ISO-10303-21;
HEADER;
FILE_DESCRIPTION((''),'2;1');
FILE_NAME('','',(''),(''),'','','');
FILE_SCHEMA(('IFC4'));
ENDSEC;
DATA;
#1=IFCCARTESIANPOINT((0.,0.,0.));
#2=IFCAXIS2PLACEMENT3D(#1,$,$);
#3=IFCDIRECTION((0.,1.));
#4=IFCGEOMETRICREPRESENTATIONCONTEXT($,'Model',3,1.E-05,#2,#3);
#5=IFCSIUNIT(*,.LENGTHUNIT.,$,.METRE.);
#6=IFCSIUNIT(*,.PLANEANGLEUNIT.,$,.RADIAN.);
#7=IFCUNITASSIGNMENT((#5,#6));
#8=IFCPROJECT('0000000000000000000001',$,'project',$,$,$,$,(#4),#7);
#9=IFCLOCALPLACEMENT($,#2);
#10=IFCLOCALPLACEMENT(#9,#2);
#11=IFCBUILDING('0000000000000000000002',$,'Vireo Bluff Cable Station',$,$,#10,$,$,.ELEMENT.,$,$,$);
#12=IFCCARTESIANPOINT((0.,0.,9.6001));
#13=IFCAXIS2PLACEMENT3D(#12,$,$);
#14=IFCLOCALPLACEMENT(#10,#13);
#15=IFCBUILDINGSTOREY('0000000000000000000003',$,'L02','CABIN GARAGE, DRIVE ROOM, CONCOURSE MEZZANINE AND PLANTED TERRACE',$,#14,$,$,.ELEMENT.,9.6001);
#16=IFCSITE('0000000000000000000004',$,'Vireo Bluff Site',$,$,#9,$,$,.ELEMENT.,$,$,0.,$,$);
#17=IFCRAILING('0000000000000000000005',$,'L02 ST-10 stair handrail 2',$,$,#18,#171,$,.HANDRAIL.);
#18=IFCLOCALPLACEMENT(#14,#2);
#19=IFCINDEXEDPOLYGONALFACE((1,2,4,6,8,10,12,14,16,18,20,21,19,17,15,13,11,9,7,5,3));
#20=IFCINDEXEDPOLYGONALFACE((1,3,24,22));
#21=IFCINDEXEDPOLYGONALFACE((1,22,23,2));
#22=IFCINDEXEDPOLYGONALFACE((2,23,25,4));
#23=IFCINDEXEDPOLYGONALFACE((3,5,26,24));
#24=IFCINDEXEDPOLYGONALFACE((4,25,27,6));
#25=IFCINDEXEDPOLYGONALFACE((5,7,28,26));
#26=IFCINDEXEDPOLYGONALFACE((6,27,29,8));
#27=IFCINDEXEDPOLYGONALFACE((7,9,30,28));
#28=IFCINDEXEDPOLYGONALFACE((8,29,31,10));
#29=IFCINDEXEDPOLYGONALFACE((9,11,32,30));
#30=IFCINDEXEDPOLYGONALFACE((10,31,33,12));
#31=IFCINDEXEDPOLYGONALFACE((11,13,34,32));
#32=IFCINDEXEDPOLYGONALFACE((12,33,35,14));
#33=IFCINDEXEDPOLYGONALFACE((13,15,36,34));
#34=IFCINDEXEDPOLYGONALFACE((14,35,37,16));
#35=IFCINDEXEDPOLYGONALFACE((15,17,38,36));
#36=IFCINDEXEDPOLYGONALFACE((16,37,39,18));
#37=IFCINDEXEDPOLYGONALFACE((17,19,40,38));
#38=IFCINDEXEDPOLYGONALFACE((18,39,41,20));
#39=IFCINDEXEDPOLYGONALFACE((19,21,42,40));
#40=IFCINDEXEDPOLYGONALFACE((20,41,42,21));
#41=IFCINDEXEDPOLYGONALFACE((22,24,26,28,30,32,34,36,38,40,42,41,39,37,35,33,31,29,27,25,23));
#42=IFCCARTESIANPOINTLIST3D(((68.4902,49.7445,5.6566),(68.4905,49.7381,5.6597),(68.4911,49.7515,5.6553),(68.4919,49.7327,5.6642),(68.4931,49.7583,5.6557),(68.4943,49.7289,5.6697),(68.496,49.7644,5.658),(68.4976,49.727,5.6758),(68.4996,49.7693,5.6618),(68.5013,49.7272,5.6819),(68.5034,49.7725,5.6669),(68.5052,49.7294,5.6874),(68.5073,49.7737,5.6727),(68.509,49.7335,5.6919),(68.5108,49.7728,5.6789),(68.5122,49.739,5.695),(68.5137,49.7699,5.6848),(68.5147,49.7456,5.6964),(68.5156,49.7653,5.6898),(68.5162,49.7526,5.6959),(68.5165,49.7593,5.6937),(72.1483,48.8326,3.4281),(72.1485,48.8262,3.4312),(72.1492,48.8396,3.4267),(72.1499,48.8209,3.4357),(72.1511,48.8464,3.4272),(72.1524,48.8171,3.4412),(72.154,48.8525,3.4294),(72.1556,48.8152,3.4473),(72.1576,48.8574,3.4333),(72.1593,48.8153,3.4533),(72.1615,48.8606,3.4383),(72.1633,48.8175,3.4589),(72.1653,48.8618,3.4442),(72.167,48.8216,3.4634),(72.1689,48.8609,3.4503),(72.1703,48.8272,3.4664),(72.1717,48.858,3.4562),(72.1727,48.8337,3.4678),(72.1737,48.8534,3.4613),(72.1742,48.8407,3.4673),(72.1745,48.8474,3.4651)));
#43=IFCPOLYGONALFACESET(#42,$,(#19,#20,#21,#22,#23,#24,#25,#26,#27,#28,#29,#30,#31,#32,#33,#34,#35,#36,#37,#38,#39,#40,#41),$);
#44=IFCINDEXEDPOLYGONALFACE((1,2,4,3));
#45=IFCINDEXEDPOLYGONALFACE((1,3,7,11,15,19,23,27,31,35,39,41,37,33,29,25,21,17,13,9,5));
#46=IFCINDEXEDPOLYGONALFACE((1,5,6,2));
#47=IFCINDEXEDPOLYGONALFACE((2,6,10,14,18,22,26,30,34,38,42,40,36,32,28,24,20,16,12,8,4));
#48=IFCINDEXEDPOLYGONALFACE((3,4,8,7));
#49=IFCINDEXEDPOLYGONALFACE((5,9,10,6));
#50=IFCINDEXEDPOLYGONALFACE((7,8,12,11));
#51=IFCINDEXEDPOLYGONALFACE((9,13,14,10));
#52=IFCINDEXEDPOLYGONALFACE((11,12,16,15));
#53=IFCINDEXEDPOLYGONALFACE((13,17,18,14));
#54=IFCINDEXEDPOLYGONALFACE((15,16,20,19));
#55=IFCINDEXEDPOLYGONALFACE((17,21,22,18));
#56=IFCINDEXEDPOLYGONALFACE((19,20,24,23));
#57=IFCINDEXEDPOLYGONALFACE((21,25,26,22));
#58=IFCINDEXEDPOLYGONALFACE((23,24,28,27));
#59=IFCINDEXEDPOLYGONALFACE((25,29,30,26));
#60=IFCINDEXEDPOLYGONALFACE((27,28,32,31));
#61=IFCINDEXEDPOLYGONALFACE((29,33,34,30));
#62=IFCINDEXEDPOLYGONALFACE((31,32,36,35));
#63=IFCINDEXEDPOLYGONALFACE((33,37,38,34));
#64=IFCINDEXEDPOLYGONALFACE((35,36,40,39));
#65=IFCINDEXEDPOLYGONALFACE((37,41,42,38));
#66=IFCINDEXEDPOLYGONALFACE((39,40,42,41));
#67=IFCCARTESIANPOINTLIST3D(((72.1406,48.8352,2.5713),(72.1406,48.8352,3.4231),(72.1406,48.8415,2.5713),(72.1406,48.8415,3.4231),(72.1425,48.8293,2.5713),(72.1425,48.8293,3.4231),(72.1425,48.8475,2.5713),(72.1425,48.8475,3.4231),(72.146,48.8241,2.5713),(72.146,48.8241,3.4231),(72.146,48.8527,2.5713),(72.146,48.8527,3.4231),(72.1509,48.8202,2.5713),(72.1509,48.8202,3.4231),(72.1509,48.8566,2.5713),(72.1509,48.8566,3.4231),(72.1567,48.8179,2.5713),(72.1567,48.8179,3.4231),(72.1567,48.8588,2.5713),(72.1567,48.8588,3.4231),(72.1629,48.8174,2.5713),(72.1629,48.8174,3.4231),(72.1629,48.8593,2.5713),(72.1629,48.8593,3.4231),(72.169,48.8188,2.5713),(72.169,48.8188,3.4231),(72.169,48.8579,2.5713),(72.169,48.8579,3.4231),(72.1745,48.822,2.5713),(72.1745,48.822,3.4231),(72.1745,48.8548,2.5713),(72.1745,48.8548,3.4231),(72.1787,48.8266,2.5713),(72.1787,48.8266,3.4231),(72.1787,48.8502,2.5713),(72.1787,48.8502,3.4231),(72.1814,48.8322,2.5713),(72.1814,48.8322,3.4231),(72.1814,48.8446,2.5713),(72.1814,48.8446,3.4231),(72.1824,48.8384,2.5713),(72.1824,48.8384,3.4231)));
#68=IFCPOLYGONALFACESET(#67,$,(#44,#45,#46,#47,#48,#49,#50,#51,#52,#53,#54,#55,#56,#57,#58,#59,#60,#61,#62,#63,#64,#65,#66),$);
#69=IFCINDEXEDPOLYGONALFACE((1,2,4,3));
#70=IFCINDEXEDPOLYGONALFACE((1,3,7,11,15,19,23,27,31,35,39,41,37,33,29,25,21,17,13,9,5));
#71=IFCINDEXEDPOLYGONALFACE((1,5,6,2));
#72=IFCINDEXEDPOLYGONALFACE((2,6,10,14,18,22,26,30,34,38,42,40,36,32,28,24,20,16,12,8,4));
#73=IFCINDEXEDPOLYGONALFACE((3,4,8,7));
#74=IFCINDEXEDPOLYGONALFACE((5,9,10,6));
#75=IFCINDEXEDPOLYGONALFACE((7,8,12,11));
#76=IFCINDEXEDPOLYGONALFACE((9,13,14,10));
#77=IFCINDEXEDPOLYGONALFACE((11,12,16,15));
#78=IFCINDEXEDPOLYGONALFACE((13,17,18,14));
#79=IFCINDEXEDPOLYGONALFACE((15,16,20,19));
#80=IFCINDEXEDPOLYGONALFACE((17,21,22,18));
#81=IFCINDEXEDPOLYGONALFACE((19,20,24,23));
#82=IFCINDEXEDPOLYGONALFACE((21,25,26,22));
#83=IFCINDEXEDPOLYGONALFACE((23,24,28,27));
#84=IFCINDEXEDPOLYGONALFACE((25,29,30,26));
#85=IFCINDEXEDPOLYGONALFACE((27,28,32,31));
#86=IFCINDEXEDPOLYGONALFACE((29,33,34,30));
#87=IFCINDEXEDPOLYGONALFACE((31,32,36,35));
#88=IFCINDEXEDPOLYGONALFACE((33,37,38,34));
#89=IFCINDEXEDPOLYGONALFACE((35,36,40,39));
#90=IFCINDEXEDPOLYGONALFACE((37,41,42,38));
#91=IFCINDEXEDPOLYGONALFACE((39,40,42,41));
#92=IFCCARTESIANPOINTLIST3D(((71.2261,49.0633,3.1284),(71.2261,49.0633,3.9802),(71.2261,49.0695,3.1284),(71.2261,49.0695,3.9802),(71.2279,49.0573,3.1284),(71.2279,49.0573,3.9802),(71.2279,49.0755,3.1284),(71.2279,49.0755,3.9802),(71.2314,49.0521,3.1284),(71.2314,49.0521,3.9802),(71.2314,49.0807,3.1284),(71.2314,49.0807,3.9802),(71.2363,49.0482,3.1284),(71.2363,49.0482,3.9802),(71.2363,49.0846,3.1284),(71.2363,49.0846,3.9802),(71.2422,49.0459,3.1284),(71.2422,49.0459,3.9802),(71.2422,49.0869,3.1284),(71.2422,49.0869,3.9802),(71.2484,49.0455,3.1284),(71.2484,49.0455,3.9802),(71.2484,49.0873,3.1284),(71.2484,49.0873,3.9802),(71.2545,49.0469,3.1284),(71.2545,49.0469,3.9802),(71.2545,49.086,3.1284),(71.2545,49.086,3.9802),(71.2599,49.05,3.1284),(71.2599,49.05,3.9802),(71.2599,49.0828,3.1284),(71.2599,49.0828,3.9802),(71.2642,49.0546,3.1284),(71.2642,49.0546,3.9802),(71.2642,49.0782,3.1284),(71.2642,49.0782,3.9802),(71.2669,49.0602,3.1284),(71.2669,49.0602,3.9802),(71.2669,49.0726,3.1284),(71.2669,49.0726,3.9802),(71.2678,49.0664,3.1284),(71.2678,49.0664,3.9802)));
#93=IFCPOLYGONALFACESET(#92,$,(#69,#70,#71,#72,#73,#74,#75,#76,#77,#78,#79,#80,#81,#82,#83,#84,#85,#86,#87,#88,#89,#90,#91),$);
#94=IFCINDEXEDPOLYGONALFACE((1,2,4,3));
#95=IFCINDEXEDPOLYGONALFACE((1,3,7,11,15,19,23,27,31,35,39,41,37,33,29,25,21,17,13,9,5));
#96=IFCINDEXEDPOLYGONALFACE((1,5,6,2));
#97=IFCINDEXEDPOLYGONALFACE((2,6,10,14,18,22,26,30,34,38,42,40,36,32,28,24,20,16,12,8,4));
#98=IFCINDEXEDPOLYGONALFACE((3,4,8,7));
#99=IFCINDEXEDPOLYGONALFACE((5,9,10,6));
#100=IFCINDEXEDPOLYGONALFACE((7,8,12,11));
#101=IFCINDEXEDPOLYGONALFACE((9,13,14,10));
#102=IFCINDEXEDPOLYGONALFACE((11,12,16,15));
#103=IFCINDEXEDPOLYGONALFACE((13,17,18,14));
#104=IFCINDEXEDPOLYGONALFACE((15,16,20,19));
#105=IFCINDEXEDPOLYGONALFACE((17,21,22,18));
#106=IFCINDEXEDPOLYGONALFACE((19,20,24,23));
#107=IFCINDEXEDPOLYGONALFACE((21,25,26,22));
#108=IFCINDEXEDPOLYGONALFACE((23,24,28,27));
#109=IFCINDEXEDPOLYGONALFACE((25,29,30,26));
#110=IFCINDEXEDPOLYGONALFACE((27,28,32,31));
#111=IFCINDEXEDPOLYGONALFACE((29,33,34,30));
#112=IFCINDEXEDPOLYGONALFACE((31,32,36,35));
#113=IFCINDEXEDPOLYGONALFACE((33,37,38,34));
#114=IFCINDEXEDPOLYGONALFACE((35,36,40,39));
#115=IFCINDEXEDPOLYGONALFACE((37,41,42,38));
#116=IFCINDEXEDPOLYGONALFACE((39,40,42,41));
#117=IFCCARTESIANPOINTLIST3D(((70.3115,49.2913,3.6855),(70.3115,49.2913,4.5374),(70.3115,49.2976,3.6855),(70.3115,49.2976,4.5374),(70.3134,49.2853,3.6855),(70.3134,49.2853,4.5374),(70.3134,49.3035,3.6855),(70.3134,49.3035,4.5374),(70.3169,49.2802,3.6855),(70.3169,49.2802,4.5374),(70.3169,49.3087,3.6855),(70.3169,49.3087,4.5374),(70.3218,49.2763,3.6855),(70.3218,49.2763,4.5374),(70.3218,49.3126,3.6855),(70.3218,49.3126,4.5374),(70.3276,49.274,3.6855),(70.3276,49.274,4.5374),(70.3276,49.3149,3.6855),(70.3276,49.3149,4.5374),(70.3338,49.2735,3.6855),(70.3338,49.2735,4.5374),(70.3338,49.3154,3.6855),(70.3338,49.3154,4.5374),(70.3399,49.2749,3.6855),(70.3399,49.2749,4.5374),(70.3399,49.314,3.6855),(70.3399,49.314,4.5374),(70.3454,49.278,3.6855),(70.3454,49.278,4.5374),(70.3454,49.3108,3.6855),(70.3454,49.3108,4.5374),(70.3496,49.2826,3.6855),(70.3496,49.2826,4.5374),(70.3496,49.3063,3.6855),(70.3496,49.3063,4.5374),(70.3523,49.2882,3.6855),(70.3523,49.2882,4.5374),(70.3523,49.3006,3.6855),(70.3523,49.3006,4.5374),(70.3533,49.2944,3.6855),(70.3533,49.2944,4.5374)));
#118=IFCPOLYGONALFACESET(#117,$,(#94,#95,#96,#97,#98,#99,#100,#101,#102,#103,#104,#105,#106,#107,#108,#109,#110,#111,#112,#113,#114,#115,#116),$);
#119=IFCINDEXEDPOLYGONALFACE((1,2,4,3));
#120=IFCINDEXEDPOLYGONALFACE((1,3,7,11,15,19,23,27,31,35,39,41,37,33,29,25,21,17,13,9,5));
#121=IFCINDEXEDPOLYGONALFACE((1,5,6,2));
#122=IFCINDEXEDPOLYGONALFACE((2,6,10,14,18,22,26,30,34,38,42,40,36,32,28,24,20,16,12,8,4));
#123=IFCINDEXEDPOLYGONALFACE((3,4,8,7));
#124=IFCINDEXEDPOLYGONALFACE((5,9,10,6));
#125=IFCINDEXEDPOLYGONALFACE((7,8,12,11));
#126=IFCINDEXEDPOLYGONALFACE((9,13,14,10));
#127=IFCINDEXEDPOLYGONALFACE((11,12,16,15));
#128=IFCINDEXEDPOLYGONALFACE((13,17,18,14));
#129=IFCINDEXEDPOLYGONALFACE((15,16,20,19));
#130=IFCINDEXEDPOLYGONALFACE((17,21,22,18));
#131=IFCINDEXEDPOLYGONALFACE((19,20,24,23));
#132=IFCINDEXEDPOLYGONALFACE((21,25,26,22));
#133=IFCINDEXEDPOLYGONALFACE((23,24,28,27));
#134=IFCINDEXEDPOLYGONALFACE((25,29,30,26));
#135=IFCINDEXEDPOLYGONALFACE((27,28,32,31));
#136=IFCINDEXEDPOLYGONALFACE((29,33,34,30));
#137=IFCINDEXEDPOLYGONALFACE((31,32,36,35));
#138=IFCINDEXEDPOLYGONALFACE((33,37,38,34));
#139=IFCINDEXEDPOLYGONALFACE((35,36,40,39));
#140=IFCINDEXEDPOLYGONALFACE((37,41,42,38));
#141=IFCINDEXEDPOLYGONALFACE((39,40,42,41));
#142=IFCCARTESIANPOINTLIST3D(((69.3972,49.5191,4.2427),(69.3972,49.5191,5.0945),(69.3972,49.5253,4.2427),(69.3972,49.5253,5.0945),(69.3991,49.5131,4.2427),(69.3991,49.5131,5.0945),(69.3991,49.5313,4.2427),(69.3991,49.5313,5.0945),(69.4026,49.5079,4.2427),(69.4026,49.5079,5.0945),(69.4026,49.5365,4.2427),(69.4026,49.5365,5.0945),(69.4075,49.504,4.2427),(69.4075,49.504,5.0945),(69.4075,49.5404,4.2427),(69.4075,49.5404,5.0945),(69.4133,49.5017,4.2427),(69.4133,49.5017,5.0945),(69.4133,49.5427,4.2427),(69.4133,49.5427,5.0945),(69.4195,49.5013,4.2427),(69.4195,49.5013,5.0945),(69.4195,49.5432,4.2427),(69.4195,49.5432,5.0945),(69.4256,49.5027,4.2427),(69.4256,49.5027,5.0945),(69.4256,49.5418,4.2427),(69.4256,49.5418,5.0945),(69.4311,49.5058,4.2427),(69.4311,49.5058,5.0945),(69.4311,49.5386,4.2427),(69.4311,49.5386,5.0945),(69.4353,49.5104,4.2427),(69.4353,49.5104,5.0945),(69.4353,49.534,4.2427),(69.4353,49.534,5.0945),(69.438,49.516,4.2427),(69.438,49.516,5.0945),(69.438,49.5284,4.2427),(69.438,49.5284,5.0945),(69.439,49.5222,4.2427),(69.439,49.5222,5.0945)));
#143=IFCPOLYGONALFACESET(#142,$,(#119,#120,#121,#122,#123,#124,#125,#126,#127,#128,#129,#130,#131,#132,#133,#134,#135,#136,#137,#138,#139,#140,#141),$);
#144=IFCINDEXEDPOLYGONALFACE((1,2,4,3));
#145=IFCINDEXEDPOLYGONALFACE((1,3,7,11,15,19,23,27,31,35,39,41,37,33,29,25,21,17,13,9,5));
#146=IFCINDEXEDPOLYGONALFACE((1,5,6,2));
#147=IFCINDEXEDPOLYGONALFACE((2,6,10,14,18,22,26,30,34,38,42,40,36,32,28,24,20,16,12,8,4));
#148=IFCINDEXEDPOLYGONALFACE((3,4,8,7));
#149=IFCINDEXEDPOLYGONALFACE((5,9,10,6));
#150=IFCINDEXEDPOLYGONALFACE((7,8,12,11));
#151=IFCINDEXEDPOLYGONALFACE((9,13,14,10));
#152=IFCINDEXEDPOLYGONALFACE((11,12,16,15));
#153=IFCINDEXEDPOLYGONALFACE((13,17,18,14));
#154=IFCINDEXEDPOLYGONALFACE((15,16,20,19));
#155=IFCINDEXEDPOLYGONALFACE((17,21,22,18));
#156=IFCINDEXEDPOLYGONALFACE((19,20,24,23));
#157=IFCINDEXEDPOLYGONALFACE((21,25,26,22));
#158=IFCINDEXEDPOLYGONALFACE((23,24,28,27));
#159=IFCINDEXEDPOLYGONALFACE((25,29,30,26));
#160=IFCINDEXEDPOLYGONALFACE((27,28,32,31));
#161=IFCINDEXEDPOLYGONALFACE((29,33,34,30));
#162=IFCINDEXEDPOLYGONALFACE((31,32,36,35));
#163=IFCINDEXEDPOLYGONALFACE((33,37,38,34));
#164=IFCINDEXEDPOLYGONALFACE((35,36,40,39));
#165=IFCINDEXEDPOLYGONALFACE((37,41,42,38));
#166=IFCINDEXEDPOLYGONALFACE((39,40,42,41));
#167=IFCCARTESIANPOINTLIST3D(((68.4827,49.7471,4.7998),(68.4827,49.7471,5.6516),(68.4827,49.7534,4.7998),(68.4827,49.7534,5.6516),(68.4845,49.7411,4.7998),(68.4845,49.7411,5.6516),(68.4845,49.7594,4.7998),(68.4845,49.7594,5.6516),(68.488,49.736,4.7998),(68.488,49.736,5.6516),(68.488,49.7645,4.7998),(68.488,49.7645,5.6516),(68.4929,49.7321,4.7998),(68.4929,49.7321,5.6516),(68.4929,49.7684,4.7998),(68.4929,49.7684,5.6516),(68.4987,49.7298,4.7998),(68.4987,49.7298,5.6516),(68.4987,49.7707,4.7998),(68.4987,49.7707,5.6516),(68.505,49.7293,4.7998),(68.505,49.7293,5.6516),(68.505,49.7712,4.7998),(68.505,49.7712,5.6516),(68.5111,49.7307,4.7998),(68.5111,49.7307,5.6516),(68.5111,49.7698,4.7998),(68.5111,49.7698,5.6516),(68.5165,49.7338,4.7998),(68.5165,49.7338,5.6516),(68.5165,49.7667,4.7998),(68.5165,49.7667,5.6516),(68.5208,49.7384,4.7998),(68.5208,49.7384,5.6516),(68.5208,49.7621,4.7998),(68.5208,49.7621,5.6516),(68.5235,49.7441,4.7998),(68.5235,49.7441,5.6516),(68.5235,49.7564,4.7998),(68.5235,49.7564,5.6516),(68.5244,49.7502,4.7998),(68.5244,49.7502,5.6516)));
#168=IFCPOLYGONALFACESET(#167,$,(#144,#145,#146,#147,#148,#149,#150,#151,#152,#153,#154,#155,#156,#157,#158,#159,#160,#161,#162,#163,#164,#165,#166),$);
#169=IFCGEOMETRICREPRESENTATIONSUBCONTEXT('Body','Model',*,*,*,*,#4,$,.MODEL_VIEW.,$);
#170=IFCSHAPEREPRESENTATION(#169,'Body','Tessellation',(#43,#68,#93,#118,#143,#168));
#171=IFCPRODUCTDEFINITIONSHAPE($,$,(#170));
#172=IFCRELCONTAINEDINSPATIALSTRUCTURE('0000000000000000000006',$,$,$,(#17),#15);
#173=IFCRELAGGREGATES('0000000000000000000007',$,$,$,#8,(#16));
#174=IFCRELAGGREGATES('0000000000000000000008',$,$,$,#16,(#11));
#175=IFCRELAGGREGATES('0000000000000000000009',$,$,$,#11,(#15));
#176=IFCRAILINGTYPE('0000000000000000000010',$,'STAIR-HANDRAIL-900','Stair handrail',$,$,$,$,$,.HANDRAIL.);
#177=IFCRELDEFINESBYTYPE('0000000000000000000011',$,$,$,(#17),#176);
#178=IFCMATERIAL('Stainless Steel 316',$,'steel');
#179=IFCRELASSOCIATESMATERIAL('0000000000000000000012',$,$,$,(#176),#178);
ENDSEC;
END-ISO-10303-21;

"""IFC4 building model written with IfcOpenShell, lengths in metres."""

from ifc_helpers import new_model, si_unit, direction, frame, origin, origin_2d, place, context, subcontext, project, spatial, circle, extrude, material, type_object, element, save


model = new_model("IFC4")

# Units and contexts
model_context = context("Model", 3, precision=1e-05, world=origin(), true_north=direction((0.0, 1.0)))
body_context = subcontext(model_context, "Body", "Model", "MODEL_VIEW")
ifc_project = project(units=[si_unit("LENGTHUNIT", "METRE"), si_unit("PLANEANGLEUNIT", "RADIAN")], contexts=[model_context])

# Site, building, storey
site_placement = place(None, origin())
site = spatial("IfcSite", under=ifc_project, at=site_placement, Name="Vireo Bluff Site", CompositionType="ELEMENT", RefElevation=0.0)
building_placement = place(site_placement, origin())
building = spatial("IfcBuilding", under=site, at=building_placement, Name="Vireo Bluff Cable Station", CompositionType="ELEMENT")
storey_placement = place(building_placement, frame((0.0, 0.0, 9.6001)))
storey = spatial("IfcBuildingStorey", under=building, at=storey_placement, Name="L02", Description="CABIN GARAGE, DRIVE ROOM, CONCOURSE MEZZANINE AND PLANTED TERRACE", CompositionType="ELEMENT", Elevation=9.6001)

# Railing
ifc_material_1 = material(Name="Stainless Steel 316", Category="steel")
railing_type_1 = type_object("IfcRailingType", Name="STAIR-HANDRAIL-900", Description="Stair handrail", PredefinedType="HANDRAIL", material=ifc_material_1)
railing_1_placement = place(storey_placement, frame((72.1614, 48.8384, 2.5713)))
element("IfcRailing", 1, at=railing_1_placement, inside=storey, type_object=railing_type_1, Name="L02 ST-10 stair handrail 2", PredefinedType="HANDRAIL", context=body_context, shape_type="SweptSolid", body=[
    extrude(circle(Radius=0.0239, at=origin_2d()), frame((0.0, 0.0, 0.876), z_axis=(-0.83528, 0.208221, 0.508873), x_axis=(-0.24188, -0.970306, 0.0)), (0.0, 0.0, 1.0), 4.3794),
    extrude(circle(Radius=0.021, at=origin_2d()), origin(), (0.0, 0.0, 1.0), 0.8518),
    extrude(circle(Radius=0.021, at=origin_2d()), frame((-0.9146, 0.228, 0.5571)), (0.0, 0.0, 1.0), 0.8518),
    extrude(circle(Radius=0.021, at=origin_2d()), frame((-1.8291, 0.4561, 1.1143)), (0.0, 0.0, 1.0), 0.8518),
    extrude(circle(Radius=0.021, at=origin_2d()), frame((-2.7434, 0.6838, 1.6714)), (0.0, 0.0, 1.0), 0.8518),
    extrude(circle(Radius=0.021, at=origin_2d()), frame((-3.658, 0.9119, 2.2285)), (0.0, 0.0, 1.0), 0.8518),
])

save(model, "model.ifc")
